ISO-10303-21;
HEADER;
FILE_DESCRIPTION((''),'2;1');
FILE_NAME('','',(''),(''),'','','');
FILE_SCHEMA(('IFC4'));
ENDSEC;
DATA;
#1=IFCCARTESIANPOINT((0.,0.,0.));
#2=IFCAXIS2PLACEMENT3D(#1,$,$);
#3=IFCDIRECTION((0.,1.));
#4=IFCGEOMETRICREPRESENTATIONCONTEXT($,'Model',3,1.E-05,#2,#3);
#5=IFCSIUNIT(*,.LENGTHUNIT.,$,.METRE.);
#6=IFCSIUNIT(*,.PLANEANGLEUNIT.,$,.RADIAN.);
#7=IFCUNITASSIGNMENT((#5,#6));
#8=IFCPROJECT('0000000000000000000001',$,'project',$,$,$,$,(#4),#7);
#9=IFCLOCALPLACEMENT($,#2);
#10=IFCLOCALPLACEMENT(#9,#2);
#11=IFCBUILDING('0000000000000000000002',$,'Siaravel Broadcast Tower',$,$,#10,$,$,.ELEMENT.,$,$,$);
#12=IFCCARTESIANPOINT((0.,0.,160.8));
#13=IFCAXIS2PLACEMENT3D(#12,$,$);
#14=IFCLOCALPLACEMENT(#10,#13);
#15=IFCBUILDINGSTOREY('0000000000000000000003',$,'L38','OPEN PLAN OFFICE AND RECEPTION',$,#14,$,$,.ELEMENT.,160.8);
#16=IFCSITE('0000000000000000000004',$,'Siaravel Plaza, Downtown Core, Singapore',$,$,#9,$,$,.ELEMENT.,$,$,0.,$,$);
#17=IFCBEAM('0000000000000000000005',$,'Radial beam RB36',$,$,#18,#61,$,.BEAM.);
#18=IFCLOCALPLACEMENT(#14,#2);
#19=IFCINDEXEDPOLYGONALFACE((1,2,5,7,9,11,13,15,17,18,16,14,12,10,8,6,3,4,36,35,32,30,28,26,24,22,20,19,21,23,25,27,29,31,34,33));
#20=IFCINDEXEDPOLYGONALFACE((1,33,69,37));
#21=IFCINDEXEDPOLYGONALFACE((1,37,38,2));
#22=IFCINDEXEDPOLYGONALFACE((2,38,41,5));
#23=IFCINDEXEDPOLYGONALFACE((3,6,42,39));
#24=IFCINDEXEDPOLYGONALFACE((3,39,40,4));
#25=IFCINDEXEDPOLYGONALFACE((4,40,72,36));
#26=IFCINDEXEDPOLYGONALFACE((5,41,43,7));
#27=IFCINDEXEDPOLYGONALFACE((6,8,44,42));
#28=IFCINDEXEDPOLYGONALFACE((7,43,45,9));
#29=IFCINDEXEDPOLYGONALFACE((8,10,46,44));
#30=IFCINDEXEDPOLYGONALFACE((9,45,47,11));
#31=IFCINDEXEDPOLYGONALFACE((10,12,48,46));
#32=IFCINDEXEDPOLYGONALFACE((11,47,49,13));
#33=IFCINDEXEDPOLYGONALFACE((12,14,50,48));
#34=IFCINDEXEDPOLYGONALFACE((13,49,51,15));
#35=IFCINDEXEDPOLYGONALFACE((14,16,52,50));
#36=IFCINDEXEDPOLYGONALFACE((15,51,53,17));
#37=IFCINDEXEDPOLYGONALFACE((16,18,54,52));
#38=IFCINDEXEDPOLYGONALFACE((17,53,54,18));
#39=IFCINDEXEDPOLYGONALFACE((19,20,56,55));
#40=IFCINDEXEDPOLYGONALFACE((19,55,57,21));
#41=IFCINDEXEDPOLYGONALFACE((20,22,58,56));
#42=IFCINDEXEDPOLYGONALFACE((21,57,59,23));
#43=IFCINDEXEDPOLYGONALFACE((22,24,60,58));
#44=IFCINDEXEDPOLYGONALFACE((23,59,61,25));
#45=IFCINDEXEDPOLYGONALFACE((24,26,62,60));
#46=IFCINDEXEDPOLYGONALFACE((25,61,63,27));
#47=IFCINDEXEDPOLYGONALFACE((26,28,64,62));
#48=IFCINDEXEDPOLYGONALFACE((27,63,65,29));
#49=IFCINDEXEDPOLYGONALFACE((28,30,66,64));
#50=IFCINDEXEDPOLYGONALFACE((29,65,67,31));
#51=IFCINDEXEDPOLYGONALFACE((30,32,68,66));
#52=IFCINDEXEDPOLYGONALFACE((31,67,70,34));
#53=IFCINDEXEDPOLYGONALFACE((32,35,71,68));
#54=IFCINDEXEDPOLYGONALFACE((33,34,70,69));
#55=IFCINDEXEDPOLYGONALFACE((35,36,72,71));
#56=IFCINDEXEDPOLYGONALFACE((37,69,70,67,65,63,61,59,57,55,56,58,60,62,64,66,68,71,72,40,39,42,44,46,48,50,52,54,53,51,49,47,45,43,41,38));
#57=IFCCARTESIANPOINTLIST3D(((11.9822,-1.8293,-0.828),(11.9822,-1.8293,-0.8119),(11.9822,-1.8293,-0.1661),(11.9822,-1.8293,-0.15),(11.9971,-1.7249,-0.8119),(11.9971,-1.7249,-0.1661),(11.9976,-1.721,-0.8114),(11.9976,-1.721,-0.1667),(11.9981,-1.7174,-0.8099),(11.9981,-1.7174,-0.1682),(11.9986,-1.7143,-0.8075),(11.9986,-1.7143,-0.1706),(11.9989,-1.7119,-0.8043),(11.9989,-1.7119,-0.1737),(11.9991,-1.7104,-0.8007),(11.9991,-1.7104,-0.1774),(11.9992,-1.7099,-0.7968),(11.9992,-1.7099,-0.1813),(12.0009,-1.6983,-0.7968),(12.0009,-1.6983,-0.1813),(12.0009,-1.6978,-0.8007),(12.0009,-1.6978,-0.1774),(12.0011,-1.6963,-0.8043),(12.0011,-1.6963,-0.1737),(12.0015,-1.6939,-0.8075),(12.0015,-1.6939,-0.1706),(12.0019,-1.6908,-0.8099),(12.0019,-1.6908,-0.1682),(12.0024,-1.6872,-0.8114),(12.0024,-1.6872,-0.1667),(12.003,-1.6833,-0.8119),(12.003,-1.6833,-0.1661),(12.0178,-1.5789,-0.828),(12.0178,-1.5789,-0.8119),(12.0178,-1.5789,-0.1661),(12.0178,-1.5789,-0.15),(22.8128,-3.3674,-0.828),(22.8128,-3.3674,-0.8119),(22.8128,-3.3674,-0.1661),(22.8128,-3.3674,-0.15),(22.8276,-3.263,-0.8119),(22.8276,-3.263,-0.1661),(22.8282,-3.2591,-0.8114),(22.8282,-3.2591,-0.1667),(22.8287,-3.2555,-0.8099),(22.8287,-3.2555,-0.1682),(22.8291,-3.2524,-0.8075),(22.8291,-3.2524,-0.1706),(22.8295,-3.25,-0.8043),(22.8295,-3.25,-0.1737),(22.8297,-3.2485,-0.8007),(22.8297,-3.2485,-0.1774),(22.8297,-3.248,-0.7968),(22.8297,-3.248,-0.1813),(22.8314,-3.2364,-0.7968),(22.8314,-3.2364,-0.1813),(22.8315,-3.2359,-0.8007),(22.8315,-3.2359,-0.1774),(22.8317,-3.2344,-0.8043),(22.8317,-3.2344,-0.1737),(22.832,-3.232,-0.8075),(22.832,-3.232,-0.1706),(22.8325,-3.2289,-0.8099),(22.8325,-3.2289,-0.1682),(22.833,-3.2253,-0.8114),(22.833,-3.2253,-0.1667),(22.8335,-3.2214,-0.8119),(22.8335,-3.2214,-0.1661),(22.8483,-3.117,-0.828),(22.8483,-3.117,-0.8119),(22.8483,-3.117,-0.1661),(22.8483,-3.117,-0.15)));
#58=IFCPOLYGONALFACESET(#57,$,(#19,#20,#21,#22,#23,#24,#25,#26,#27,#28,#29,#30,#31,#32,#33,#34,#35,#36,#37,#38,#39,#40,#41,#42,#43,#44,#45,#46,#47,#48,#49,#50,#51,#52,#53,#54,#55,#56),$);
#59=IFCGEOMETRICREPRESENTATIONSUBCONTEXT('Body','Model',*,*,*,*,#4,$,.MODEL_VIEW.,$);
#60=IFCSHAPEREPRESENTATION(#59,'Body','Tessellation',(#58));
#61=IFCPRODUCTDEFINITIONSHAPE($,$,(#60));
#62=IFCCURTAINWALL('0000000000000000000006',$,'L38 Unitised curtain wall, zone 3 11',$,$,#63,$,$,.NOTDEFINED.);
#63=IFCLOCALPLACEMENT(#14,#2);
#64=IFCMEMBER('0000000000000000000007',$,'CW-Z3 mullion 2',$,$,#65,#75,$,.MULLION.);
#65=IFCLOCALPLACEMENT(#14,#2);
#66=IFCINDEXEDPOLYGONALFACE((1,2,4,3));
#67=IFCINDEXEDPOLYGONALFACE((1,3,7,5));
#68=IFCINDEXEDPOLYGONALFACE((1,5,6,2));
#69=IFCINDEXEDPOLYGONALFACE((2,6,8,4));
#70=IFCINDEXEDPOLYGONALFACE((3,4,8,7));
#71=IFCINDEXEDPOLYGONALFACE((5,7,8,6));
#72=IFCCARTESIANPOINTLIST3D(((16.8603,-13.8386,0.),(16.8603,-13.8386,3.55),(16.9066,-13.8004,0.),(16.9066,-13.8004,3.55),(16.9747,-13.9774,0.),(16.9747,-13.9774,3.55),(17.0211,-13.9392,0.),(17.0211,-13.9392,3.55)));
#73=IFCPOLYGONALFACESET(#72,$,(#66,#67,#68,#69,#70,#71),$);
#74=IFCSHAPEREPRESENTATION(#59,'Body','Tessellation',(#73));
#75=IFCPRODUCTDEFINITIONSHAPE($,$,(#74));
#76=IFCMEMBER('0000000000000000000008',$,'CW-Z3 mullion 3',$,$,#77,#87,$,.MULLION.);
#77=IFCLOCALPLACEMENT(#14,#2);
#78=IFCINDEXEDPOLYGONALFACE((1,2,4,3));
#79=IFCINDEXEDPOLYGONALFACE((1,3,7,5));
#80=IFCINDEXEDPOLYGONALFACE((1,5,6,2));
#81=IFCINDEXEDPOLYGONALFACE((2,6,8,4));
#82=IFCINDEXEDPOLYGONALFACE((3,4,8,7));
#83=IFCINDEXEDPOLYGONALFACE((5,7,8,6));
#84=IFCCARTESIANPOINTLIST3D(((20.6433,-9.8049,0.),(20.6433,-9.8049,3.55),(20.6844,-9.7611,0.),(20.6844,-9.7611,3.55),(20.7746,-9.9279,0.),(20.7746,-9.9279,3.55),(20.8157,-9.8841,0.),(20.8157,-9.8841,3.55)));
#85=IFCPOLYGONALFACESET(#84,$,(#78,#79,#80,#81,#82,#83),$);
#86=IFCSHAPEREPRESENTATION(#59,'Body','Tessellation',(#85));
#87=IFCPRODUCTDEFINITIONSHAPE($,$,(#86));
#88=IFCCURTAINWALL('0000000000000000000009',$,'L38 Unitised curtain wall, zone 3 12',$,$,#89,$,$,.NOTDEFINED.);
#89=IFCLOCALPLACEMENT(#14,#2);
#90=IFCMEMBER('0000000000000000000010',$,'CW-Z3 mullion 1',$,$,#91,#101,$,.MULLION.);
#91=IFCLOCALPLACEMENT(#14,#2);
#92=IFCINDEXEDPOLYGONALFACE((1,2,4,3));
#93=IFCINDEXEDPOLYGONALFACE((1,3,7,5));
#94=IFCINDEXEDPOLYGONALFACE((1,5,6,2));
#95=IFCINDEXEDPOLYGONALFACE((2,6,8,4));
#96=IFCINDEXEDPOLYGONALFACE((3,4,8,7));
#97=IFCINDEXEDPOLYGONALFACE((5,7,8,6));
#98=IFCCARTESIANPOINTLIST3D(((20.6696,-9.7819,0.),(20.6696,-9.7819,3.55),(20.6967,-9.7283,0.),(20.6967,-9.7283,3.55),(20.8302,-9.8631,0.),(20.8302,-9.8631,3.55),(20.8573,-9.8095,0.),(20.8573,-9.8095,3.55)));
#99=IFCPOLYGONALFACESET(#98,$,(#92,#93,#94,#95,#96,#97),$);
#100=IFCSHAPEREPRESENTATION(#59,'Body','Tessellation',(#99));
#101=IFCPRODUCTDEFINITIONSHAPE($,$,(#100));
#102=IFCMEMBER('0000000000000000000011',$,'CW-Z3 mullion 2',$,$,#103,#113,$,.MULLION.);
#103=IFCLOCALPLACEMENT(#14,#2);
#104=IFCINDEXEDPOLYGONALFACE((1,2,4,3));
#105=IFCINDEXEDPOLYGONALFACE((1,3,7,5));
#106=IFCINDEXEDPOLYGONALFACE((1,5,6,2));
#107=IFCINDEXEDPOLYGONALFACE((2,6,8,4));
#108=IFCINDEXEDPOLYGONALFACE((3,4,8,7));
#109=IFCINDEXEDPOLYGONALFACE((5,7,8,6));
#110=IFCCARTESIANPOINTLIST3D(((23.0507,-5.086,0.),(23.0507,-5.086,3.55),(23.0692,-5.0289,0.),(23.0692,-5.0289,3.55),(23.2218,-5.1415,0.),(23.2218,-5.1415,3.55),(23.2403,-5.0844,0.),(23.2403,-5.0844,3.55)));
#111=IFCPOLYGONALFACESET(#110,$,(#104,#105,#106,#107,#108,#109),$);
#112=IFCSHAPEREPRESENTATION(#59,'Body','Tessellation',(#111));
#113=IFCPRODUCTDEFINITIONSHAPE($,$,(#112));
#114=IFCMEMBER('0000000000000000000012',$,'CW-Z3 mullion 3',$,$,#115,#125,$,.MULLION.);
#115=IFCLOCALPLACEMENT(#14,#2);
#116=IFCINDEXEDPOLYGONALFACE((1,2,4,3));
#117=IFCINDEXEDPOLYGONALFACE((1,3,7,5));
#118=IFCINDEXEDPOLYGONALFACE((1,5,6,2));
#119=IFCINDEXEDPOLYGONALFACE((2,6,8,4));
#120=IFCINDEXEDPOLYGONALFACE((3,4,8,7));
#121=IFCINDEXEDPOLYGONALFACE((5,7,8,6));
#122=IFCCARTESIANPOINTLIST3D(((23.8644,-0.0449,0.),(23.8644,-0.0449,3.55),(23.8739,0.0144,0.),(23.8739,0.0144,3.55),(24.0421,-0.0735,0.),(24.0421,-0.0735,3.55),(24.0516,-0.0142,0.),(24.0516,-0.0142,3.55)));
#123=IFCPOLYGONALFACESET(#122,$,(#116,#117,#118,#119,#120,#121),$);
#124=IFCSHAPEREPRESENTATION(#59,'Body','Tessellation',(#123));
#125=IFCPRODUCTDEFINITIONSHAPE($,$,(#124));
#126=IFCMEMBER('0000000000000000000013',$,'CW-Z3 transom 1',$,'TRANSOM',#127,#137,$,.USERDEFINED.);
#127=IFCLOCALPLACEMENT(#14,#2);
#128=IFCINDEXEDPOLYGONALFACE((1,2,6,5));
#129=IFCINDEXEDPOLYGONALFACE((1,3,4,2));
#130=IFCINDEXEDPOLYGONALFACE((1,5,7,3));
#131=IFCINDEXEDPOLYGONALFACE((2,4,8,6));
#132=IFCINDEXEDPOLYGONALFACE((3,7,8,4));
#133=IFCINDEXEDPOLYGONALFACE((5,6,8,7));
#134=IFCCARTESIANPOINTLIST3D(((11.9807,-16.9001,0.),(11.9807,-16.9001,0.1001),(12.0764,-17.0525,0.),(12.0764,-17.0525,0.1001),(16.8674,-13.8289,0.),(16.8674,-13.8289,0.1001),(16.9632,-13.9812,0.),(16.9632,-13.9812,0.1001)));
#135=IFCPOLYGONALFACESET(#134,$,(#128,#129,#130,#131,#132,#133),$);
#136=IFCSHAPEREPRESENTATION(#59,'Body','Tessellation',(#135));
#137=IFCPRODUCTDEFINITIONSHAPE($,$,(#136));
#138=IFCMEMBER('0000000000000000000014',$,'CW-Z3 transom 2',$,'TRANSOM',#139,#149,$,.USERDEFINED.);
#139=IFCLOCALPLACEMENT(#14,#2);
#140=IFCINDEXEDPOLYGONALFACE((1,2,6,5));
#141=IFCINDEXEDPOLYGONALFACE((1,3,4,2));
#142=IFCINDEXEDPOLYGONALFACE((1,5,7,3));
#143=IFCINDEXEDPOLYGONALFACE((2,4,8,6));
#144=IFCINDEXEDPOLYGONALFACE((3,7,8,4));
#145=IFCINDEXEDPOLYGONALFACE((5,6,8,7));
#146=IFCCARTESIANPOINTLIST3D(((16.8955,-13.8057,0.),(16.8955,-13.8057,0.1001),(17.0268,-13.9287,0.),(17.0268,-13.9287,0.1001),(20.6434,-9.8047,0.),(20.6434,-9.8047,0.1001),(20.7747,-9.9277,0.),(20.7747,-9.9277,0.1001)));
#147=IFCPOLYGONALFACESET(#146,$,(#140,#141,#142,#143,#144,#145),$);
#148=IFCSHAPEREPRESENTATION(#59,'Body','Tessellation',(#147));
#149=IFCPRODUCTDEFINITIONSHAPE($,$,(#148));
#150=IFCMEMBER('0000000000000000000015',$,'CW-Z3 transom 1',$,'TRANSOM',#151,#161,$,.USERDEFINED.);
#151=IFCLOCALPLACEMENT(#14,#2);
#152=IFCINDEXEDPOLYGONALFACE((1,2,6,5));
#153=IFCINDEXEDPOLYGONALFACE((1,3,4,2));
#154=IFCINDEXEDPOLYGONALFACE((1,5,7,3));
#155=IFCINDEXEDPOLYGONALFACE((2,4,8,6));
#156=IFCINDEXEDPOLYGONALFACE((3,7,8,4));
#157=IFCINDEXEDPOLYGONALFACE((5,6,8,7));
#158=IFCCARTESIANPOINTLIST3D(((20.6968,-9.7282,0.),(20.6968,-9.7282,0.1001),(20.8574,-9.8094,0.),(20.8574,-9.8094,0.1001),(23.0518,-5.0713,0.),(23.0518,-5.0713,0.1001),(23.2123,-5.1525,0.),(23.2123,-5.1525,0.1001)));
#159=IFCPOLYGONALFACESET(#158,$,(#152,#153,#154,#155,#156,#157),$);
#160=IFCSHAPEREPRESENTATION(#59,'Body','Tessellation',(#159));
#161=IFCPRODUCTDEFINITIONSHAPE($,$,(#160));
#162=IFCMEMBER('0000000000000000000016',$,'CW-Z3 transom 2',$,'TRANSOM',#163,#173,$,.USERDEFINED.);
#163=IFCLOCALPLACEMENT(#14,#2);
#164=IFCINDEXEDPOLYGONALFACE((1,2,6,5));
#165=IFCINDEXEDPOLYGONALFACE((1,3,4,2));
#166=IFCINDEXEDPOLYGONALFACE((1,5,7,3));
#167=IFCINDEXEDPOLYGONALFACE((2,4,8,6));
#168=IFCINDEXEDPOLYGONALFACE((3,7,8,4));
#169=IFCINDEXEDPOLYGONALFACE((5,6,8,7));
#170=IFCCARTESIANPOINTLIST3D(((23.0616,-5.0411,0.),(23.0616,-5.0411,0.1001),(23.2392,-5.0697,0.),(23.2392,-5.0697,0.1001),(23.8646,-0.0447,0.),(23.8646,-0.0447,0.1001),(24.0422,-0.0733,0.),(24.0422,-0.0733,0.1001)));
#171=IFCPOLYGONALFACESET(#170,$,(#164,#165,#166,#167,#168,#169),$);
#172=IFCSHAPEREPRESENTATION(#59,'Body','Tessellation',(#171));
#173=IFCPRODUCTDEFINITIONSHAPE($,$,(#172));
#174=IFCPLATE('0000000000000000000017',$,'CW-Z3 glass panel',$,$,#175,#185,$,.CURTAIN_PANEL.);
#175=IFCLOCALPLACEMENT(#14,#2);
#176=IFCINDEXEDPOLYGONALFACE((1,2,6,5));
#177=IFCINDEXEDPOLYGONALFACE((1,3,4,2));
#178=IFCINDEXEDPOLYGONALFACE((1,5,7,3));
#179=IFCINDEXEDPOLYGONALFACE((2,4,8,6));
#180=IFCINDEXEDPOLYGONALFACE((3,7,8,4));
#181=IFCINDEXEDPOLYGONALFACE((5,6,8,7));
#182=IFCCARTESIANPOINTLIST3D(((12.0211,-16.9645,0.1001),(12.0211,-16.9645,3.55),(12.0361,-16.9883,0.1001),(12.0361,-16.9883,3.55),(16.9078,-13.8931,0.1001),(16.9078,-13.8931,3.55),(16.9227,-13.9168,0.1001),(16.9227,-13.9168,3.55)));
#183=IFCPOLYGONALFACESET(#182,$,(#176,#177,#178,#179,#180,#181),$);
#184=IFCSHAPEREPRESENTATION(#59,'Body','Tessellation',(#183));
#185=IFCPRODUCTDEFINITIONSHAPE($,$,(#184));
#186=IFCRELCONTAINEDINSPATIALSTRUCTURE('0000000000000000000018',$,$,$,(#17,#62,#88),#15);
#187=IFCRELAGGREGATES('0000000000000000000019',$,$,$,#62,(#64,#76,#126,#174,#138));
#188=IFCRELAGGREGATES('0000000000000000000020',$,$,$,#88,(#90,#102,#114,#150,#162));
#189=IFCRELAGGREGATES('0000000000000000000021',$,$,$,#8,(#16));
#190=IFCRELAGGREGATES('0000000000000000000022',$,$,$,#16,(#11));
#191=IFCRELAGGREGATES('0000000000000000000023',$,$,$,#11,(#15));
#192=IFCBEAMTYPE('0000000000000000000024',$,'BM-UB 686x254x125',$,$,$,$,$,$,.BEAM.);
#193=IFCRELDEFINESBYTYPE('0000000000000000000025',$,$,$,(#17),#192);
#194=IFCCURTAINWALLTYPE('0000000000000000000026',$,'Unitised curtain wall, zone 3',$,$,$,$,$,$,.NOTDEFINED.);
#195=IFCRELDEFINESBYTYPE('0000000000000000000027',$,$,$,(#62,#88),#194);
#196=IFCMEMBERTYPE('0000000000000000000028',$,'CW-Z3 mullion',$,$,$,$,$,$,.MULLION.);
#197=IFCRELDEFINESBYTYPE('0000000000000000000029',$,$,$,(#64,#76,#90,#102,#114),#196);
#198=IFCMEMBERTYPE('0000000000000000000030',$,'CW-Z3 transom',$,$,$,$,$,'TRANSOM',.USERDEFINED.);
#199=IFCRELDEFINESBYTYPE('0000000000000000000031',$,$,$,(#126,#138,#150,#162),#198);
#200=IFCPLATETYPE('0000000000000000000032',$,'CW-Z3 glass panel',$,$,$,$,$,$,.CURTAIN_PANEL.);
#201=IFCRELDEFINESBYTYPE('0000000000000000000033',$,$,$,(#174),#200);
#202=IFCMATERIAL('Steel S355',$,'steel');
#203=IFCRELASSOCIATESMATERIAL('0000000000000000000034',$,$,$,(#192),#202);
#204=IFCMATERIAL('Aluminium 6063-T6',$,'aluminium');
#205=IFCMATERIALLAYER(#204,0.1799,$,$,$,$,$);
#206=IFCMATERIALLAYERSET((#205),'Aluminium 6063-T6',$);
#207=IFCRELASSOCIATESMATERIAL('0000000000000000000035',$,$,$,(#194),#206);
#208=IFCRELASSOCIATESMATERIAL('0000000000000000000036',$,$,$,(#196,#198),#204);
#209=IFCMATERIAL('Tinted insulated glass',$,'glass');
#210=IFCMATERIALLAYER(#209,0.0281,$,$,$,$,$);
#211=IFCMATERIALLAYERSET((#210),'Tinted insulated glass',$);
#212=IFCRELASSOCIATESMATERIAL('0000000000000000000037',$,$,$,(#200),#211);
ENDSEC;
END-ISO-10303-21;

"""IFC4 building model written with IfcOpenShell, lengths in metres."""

from ifc_helpers import new_model, si_unit, direction, frame, origin, origin_2d, place, context, subcontext, project, spatial, rectangle, i_section, extrude, material, layer, layer_set, material_profile, profile_set, type_object, element, aggregate, save


model = new_model("IFC4")

# Units and contexts
model_context = context("Model", 3, precision=1e-05, world=origin(), true_north=direction((0.0, 1.0)))
body_context = subcontext(model_context, "Body", "Model", "MODEL_VIEW")
ifc_project = project(units=[si_unit("LENGTHUNIT", "METRE"), si_unit("PLANEANGLEUNIT", "RADIAN")], contexts=[model_context])

# Site, building, storey
site_placement = place(None, origin())
site = spatial("IfcSite", under=ifc_project, at=site_placement, Name="Siaravel Plaza, Downtown Core, Singapore", CompositionType="ELEMENT", RefElevation=0.0)
building_placement = place(site_placement, origin())
building = spatial("IfcBuilding", under=site, at=building_placement, Name="Siaravel Broadcast Tower", CompositionType="ELEMENT")
storey_placement = place(building_placement, frame((0.0, 0.0, 160.8)))
storey = spatial("IfcBuildingStorey", under=building, at=storey_placement, Name="L38", Description="OPEN PLAN OFFICE AND RECEPTION", CompositionType="ELEMENT", Elevation=160.8)

# Beam
ifc_material_1 = material(Name="Steel S355", Category="steel")
ifc_material_profile_1 = material_profile(ifc_material_1, i_section(OverallWidth=0.2529, OverallDepth=0.678, WebThickness=0.0117, FlangeThickness=0.0161, FilletRadius=0.0151, at=origin_2d()))
ifc_profile_set_1 = profile_set([ifc_material_profile_1], Name="Steel S355")
beam_type = type_object("IfcBeamType", Name="BM-UB 686x254x125", PredefinedType="BEAM", material=ifc_profile_set_1)
beam_1_placement = place(storey_placement, frame((22.8306, -3.2422, -0.489), z_axis=(-0.990066, 0.140603, 0.0), x_axis=(-0.140603, -0.990066, 0.0)))
element("IfcBeam", 1, at=beam_1_placement, inside=storey, type_object=beam_type, Name="Radial beam RB36", PredefinedType="BEAM", context=body_context, shape_type="SweptSolid", body=[
    extrude(i_section(OverallWidth=0.2529, OverallDepth=0.678, WebThickness=0.0117, FlangeThickness=0.0161, FilletRadius=0.0151, at=origin_2d()), origin(), (0.0, 0.0, 1.0), 10.9392),
])

# Curtain walls, members
ifc_material_2 = material(Name="Aluminium 6063-T6", Category="aluminium")
ifc_layer_1 = layer(ifc_material_2, 0.1799)
ifc_layer_set_1 = layer_set([ifc_layer_1], Name="Aluminium 6063-T6")
curtain_wall_type = type_object("IfcCurtainWallType", Name="Unitised curtain wall, zone 3", PredefinedType="NOTDEFINED", material=ifc_layer_set_1)
curtain_wall_1_placement = place(storey_placement, origin())
curtain_wall_1 = element("IfcCurtainWall", 2, at=curtain_wall_1_placement, inside=storey, type_object=curtain_wall_type, Name="L38 Unitised curtain wall, zone 3 11", PredefinedType="NOTDEFINED")
ifc_material_profile_2 = material_profile(ifc_material_2, rectangle(XDim=0.1799, YDim=0.0601, at=origin_2d()))
ifc_profile_set_2 = profile_set([ifc_material_profile_2], Name="Aluminium 6063-T6")
member_type_1 = type_object("IfcMemberType", Name="CW-Z3 mullion", PredefinedType="MULLION", material=ifc_profile_set_2)
member_1_placement = place(storey_placement, frame((16.9407, -13.8889, 0.0), z_axis=(0.0, 0.0, 1.0), x_axis=(-0.63622, 0.771508, 0.0)))
member_1 = element("IfcMember", 3, at=member_1_placement, type_object=member_type_1, Name="CW-Z3 mullion 2", PredefinedType="MULLION", context=body_context, shape_type="SweptSolid", body=[
    extrude(rectangle(XDim=0.1799, YDim=0.0601, at=origin_2d()), origin(), (0.0, 0.0, 1.0), 3.55),
])
member_2_placement = place(storey_placement, frame((20.7295, -9.8445, 0.0), z_axis=(0.0, 0.0, 1.0), x_axis=(-0.729806, 0.683654, 0.0)))
member_2 = element("IfcMember", 4, at=member_2_placement, type_object=member_type_1, Name="CW-Z3 mullion 3", PredefinedType="MULLION", context=body_context, shape_type="SweptSolid", body=[
    extrude(rectangle(XDim=0.1799, YDim=0.0601, at=origin_2d()), origin(), (0.0, 0.0, 1.0), 3.55),
])
curtain_wall_2_placement = place(storey_placement, origin())
curtain_wall_2 = element("IfcCurtainWall", 5, at=curtain_wall_2_placement, inside=storey, type_object=curtain_wall_type, Name="L38 Unitised curtain wall, zone 3 12", PredefinedType="NOTDEFINED")
member_3_placement = place(storey_placement, frame((20.7634, -9.7957, 0.0), z_axis=(0.0, 0.0, 1.0), x_axis=(-0.892393, 0.45126, 0.0)))
member_3 = element("IfcMember", 6, at=member_3_placement, type_object=member_type_1, Name="CW-Z3 mullion 1", PredefinedType="MULLION", context=body_context, shape_type="SweptSolid", body=[
    extrude(rectangle(XDim=0.1799, YDim=0.0601, at=origin_2d()), origin(), (0.0, 0.0, 1.0), 3.55),
])
member_4_placement = place(storey_placement, frame((23.1455, -5.0852, 0.0), z_axis=(0.0, 0.0, 1.0), x_axis=(-0.951177, 0.308645, 0.0)))
member_4 = element("IfcMember", 7, at=member_4_placement, type_object=member_type_1, Name="CW-Z3 mullion 2", PredefinedType="MULLION", context=body_context, shape_type="SweptSolid", body=[
    extrude(rectangle(XDim=0.1799, YDim=0.0601, at=origin_2d()), origin(), (0.0, 0.0, 1.0), 3.55),
])
member_5_placement = place(storey_placement, frame((23.958, -0.0295, 0.0), z_axis=(0.0, 0.0, 1.0), x_axis=(-0.987329, 0.158685, 0.0)))
member_5 = element("IfcMember", 8, at=member_5_placement, type_object=member_type_1, Name="CW-Z3 mullion 3", PredefinedType="MULLION", context=body_context, shape_type="SweptSolid", body=[
    extrude(rectangle(XDim=0.1799, YDim=0.0601, at=origin_2d()), origin(), (0.0, 0.0, 1.0), 3.55),
])

# Members
ifc_material_profile_3 = material_profile(ifc_material_2, rectangle(XDim=0.1799, YDim=0.1001, at=origin_2d()))
ifc_profile_set_3 = profile_set([ifc_material_profile_3], Name="Aluminium 6063-T6")
member_type_2 = type_object("IfcMemberType", Name="CW-Z3 transom", ElementType="TRANSOM", PredefinedType="USERDEFINED", material=ifc_profile_set_3)
member_6_placement = place(storey_placement, frame((12.0286, -16.9763, 0.05), z_axis=(0.846665, 0.532126, 0.0), x_axis=(-0.532126, 0.846665, 0.0)))
member_6 = element("IfcMember", 9, at=member_6_placement, type_object=member_type_2, Name="CW-Z3 transom 1", ObjectType="TRANSOM", PredefinedType="USERDEFINED", context=body_context, shape_type="SweptSolid", body=[
    extrude(rectangle(XDim=0.1799, YDim=0.1001, at=origin_2d()), origin(), (0.0, 0.0, 1.0), 5.7717),
])
member_7_placement = place(storey_placement, frame((16.9612, -13.8672, 0.05), z_axis=(0.683639, 0.72982, 0.0), x_axis=(-0.72982, 0.683639, 0.0)))
member_7 = element("IfcMember", 10, at=member_7_placement, type_object=member_type_2, Name="CW-Z3 transom 2", ObjectType="TRANSOM", PredefinedType="USERDEFINED", context=body_context, shape_type="SweptSolid", body=[
    extrude(rectangle(XDim=0.1799, YDim=0.1001, at=origin_2d()), origin(), (0.0, 0.0, 1.0), 5.4822),
])
member_8_placement = place(storey_placement, frame((20.7771, -9.7688, 0.05), z_axis=(0.45127, 0.892388, 0.0), x_axis=(-0.892388, 0.45127, 0.0)))
member_8 = element("IfcMember", 11, at=member_8_placement, type_object=member_type_2, Name="CW-Z3 transom 1", ObjectType="TRANSOM", PredefinedType="USERDEFINED", context=body_context, shape_type="SweptSolid", body=[
    extrude(rectangle(XDim=0.1799, YDim=0.1001, at=origin_2d()), origin(), (0.0, 0.0, 1.0), 5.2185),
])
member_9_placement = place(storey_placement, frame((23.1504, -5.0554, 0.05), z_axis=(0.158677, 0.987331, 0.0), x_axis=(-0.987331, 0.158677, 0.0)))
member_9 = element("IfcMember", 12, at=member_9_placement, type_object=member_type_2, Name="CW-Z3 transom 2", ObjectType="TRANSOM", PredefinedType="USERDEFINED", context=body_context, shape_type="SweptSolid", body=[
    extrude(rectangle(XDim=0.1799, YDim=0.1001, at=origin_2d()), origin(), (0.0, 0.0, 1.0), 5.0605),
])

# Plate
ifc_material_3 = material(Name="Tinted insulated glass", Category="glass")
ifc_layer_2 = layer(ifc_material_3, 0.0281)
ifc_layer_set_2 = layer_set([ifc_layer_2], Name="Tinted insulated glass")
plate_type = type_object("IfcPlateType", Name="CW-Z3 glass panel", PredefinedType="CURTAIN_PANEL", material=ifc_layer_set_2)
plate_1_placement = place(storey_placement, frame((14.4719, -15.4407, 0.1001), z_axis=(0.0, 0.0, 1.0), x_axis=(0.84665, 0.53215, 0.0)))
plate_1 = element("IfcPlate", 13, at=plate_1_placement, type_object=plate_type, Name="CW-Z3 glass panel", PredefinedType="CURTAIN_PANEL", context=body_context, shape_type="SweptSolid", body=[
    extrude(rectangle(XDim=5.7717, YDim=0.0281, at=origin_2d()), origin(), (0.0, 0.0, 1.0), 3.45),
])
aggregate(curtain_wall_1, [member_1, member_2, member_6, plate_1, member_7])
aggregate(curtain_wall_2, [member_3, member_4, member_5, member_8, member_9])

save(model, "model.ifc")
